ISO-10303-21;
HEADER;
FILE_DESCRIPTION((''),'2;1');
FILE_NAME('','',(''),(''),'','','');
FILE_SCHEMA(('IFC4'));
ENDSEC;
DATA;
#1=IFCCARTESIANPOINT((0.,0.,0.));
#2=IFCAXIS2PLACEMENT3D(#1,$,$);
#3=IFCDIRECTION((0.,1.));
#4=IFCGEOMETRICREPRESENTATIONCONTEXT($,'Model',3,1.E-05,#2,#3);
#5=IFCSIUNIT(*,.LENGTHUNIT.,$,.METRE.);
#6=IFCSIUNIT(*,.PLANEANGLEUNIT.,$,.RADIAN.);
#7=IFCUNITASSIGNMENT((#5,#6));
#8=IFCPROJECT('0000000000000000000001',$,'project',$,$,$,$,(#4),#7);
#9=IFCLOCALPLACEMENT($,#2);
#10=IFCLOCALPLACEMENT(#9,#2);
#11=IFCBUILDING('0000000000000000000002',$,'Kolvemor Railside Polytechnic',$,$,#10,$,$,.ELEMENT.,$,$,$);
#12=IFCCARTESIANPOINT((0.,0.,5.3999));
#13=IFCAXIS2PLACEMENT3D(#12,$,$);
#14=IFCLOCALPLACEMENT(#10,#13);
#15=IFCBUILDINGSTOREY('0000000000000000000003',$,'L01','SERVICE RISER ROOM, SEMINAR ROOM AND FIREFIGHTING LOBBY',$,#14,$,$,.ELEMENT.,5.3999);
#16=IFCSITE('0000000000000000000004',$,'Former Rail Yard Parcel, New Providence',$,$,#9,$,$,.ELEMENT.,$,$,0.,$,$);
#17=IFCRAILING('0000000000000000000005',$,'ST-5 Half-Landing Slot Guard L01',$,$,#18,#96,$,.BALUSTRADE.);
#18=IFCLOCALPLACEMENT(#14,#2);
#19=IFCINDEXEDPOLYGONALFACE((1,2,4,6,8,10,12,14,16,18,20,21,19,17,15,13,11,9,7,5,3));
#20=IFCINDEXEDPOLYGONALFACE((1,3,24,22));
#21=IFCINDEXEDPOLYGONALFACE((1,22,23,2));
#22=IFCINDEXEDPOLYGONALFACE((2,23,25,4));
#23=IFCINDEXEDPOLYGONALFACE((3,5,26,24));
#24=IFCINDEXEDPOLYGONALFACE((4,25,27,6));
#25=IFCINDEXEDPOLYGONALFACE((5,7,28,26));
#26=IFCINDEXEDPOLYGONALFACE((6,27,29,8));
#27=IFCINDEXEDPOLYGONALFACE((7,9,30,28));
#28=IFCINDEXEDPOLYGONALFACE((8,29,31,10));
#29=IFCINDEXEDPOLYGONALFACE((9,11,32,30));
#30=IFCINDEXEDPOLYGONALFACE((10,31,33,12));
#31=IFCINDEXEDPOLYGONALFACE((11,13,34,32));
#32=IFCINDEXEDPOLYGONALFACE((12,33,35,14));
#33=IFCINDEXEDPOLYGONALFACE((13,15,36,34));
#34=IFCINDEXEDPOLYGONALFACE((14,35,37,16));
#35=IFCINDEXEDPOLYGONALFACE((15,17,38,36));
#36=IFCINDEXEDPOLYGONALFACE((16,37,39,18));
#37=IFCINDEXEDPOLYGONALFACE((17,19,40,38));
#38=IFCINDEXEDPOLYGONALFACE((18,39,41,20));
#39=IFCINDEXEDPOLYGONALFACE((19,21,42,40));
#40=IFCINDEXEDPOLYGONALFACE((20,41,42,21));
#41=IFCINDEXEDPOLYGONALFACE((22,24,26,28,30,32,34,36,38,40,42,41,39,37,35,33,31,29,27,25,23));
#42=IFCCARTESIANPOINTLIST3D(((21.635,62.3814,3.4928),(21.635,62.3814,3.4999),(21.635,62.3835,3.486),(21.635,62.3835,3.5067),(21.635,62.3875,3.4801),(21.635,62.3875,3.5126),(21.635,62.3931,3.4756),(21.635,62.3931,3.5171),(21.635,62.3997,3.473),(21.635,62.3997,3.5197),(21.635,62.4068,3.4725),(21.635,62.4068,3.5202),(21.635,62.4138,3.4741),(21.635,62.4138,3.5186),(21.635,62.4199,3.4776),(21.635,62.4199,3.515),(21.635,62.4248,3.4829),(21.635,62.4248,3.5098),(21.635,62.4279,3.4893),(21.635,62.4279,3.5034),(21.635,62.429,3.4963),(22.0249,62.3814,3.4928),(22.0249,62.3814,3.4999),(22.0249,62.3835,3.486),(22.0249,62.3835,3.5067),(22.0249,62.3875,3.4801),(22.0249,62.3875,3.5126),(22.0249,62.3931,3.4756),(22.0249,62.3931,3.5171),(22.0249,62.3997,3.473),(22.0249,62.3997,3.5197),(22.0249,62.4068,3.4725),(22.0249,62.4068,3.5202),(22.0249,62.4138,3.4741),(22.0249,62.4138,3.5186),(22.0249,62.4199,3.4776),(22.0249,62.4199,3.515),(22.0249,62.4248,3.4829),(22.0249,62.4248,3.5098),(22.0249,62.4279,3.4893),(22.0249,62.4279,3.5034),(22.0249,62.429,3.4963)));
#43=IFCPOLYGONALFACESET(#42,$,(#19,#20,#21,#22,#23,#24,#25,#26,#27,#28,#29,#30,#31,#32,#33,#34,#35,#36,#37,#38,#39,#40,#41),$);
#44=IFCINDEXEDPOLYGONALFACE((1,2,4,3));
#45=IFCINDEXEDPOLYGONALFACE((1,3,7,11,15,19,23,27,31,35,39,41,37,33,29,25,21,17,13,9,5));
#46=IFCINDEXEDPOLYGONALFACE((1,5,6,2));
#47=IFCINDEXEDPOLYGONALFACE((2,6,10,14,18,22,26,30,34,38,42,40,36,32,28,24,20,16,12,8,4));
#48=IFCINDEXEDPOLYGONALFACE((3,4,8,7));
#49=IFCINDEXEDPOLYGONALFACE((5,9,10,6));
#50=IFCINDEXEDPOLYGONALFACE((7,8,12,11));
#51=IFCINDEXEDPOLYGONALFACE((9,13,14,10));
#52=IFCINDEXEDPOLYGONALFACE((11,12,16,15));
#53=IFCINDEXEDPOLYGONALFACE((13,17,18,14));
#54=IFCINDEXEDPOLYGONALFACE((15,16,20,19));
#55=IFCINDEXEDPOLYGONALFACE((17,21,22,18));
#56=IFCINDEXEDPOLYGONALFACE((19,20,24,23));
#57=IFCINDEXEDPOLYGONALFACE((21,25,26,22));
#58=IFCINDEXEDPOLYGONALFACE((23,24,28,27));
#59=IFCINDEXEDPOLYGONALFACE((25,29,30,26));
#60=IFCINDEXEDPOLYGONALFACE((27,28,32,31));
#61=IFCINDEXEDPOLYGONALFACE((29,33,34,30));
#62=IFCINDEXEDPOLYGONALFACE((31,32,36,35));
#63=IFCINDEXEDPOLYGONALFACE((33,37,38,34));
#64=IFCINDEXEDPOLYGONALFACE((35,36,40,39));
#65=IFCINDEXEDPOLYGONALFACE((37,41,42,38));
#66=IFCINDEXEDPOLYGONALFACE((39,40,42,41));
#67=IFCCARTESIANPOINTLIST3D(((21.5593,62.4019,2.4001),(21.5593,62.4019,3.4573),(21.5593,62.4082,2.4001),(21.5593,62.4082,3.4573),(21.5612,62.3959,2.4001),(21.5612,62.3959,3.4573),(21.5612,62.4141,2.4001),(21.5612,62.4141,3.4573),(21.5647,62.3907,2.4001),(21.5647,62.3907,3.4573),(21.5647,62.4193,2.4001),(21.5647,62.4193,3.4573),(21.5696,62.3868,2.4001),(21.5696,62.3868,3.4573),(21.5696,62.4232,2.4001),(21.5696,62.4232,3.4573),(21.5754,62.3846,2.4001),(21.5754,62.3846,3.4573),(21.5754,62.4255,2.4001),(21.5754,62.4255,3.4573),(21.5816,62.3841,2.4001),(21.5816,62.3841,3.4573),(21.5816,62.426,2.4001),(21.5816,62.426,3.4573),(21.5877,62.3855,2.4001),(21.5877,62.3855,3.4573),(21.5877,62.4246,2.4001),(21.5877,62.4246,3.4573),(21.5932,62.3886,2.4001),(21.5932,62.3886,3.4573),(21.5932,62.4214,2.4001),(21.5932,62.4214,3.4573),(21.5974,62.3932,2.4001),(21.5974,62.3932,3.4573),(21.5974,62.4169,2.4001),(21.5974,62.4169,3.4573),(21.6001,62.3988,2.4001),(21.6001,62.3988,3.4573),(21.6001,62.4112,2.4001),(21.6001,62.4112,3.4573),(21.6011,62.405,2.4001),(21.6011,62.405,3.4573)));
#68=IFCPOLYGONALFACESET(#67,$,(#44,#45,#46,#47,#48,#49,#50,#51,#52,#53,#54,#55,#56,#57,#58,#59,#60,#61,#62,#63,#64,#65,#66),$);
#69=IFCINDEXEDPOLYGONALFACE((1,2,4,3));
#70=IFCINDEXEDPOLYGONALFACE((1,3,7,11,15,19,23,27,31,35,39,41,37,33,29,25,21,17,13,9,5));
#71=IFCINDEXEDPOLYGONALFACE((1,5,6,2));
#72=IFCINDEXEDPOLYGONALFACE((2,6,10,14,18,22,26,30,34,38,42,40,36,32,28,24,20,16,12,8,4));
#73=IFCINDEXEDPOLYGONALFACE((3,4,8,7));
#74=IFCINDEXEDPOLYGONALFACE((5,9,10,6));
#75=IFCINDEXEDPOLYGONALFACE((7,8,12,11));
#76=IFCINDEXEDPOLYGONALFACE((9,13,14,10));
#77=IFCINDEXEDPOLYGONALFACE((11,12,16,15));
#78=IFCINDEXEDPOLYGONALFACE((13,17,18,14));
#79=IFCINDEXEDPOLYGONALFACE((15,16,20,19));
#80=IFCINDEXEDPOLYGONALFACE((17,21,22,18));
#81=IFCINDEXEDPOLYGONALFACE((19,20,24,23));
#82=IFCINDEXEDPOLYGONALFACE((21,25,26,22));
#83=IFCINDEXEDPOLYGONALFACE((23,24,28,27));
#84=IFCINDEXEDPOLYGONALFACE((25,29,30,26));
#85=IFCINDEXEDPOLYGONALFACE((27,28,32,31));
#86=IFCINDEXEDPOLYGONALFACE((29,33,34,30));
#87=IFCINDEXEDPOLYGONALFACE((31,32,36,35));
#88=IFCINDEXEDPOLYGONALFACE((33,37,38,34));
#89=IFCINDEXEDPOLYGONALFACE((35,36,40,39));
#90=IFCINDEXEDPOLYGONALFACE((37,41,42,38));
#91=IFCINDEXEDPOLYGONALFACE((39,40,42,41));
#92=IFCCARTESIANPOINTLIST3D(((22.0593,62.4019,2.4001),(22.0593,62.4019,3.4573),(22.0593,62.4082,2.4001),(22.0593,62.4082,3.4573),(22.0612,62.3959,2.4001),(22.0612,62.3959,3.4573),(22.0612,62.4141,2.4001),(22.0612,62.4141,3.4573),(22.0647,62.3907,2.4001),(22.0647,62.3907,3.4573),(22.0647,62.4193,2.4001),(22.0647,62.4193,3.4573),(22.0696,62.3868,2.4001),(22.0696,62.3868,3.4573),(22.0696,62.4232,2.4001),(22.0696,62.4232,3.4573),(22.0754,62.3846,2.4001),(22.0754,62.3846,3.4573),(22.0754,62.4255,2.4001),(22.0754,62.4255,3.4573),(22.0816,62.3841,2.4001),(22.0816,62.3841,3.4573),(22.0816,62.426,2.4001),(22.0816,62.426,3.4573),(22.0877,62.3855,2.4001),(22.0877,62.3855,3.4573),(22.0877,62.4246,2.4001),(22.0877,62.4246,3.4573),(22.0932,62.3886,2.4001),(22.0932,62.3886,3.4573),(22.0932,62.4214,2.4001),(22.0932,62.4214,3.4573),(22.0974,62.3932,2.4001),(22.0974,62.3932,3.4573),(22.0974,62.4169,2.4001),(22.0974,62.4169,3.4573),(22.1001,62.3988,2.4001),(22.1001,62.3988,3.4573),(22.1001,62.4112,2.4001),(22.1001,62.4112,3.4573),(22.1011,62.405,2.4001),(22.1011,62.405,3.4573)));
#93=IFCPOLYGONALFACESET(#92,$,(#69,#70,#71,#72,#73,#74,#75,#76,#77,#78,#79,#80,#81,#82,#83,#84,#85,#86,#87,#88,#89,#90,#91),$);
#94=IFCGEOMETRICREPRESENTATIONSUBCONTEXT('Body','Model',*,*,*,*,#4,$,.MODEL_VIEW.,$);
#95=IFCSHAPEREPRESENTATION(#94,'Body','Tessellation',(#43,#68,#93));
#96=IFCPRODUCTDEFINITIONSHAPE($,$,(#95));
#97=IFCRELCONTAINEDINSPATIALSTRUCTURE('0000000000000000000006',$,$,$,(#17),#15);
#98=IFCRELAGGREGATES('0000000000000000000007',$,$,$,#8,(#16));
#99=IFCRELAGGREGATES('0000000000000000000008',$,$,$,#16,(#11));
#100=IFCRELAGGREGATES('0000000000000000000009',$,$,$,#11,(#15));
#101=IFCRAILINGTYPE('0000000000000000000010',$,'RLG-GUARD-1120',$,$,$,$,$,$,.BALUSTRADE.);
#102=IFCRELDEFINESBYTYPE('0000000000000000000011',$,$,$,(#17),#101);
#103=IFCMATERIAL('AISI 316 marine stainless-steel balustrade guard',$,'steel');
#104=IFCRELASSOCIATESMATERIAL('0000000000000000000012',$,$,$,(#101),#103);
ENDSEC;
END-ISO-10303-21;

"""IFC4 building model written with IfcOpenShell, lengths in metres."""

from ifc_helpers import new_model, si_unit, direction, frame, origin, origin_2d, place, context, subcontext, project, spatial, circle, extrude, material, type_object, element, save


model = new_model("IFC4")

# Units and contexts
model_context = context("Model", 3, precision=1e-05, world=origin(), true_north=direction((0.0, 1.0)))
body_context = subcontext(model_context, "Body", "Model", "MODEL_VIEW")
ifc_project = project(units=[si_unit("LENGTHUNIT", "METRE"), si_unit("PLANEANGLEUNIT", "RADIAN")], contexts=[model_context])

# Site, building, storey
site_placement = place(None, origin())
site = spatial("IfcSite", under=ifc_project, at=site_placement, Name="Former Rail Yard Parcel, New Providence", CompositionType="ELEMENT", RefElevation=0.0)
building_placement = place(site_placement, origin())
building = spatial("IfcBuilding", under=site, at=building_placement, Name="Kolvemor Railside Polytechnic", CompositionType="ELEMENT")
storey_placement = place(building_placement, frame((0.0, 0.0, 5.3999)))
storey = spatial("IfcBuildingStorey", under=building, at=storey_placement, Name="L01", Description="SERVICE RISER ROOM, SEMINAR ROOM AND FIREFIGHTING LOBBY", CompositionType="ELEMENT", Elevation=5.3999)

# Railing
ifc_material_1 = material(Name="AISI 316 marine stainless-steel balustrade guard", Category="steel")
railing_type_1 = type_object("IfcRailingType", Name="RLG-GUARD-1120", PredefinedType="BALUSTRADE", material=ifc_material_1)
railing_1_placement = place(storey_placement, frame((21.5801, 62.405, 2.4001)))
element("IfcRailing", 1, at=railing_1_placement, inside=storey, type_object=railing_type_1, Name="ST-5 Half-Landing Slot Guard L01", PredefinedType="BALUSTRADE", context=body_context, shape_type="SweptSolid", body=[
    extrude(circle(Radius=0.0239, at=origin_2d()), frame((0.0549, 0.0, 1.0962), z_axis=(1.0, 0.0, 0.0), x_axis=(0.0, 1.0, 0.0)), (0.0, 0.0, 1.0), 0.3899),
    extrude(circle(Radius=0.021, at=origin_2d()), origin(), (0.0, 0.0, 1.0), 1.0571),
    extrude(circle(Radius=0.021, at=origin_2d()), frame((0.5, 0.0, 0.0)), (0.0, 0.0, 1.0), 1.0571),
])

save(model, "model.ifc")
